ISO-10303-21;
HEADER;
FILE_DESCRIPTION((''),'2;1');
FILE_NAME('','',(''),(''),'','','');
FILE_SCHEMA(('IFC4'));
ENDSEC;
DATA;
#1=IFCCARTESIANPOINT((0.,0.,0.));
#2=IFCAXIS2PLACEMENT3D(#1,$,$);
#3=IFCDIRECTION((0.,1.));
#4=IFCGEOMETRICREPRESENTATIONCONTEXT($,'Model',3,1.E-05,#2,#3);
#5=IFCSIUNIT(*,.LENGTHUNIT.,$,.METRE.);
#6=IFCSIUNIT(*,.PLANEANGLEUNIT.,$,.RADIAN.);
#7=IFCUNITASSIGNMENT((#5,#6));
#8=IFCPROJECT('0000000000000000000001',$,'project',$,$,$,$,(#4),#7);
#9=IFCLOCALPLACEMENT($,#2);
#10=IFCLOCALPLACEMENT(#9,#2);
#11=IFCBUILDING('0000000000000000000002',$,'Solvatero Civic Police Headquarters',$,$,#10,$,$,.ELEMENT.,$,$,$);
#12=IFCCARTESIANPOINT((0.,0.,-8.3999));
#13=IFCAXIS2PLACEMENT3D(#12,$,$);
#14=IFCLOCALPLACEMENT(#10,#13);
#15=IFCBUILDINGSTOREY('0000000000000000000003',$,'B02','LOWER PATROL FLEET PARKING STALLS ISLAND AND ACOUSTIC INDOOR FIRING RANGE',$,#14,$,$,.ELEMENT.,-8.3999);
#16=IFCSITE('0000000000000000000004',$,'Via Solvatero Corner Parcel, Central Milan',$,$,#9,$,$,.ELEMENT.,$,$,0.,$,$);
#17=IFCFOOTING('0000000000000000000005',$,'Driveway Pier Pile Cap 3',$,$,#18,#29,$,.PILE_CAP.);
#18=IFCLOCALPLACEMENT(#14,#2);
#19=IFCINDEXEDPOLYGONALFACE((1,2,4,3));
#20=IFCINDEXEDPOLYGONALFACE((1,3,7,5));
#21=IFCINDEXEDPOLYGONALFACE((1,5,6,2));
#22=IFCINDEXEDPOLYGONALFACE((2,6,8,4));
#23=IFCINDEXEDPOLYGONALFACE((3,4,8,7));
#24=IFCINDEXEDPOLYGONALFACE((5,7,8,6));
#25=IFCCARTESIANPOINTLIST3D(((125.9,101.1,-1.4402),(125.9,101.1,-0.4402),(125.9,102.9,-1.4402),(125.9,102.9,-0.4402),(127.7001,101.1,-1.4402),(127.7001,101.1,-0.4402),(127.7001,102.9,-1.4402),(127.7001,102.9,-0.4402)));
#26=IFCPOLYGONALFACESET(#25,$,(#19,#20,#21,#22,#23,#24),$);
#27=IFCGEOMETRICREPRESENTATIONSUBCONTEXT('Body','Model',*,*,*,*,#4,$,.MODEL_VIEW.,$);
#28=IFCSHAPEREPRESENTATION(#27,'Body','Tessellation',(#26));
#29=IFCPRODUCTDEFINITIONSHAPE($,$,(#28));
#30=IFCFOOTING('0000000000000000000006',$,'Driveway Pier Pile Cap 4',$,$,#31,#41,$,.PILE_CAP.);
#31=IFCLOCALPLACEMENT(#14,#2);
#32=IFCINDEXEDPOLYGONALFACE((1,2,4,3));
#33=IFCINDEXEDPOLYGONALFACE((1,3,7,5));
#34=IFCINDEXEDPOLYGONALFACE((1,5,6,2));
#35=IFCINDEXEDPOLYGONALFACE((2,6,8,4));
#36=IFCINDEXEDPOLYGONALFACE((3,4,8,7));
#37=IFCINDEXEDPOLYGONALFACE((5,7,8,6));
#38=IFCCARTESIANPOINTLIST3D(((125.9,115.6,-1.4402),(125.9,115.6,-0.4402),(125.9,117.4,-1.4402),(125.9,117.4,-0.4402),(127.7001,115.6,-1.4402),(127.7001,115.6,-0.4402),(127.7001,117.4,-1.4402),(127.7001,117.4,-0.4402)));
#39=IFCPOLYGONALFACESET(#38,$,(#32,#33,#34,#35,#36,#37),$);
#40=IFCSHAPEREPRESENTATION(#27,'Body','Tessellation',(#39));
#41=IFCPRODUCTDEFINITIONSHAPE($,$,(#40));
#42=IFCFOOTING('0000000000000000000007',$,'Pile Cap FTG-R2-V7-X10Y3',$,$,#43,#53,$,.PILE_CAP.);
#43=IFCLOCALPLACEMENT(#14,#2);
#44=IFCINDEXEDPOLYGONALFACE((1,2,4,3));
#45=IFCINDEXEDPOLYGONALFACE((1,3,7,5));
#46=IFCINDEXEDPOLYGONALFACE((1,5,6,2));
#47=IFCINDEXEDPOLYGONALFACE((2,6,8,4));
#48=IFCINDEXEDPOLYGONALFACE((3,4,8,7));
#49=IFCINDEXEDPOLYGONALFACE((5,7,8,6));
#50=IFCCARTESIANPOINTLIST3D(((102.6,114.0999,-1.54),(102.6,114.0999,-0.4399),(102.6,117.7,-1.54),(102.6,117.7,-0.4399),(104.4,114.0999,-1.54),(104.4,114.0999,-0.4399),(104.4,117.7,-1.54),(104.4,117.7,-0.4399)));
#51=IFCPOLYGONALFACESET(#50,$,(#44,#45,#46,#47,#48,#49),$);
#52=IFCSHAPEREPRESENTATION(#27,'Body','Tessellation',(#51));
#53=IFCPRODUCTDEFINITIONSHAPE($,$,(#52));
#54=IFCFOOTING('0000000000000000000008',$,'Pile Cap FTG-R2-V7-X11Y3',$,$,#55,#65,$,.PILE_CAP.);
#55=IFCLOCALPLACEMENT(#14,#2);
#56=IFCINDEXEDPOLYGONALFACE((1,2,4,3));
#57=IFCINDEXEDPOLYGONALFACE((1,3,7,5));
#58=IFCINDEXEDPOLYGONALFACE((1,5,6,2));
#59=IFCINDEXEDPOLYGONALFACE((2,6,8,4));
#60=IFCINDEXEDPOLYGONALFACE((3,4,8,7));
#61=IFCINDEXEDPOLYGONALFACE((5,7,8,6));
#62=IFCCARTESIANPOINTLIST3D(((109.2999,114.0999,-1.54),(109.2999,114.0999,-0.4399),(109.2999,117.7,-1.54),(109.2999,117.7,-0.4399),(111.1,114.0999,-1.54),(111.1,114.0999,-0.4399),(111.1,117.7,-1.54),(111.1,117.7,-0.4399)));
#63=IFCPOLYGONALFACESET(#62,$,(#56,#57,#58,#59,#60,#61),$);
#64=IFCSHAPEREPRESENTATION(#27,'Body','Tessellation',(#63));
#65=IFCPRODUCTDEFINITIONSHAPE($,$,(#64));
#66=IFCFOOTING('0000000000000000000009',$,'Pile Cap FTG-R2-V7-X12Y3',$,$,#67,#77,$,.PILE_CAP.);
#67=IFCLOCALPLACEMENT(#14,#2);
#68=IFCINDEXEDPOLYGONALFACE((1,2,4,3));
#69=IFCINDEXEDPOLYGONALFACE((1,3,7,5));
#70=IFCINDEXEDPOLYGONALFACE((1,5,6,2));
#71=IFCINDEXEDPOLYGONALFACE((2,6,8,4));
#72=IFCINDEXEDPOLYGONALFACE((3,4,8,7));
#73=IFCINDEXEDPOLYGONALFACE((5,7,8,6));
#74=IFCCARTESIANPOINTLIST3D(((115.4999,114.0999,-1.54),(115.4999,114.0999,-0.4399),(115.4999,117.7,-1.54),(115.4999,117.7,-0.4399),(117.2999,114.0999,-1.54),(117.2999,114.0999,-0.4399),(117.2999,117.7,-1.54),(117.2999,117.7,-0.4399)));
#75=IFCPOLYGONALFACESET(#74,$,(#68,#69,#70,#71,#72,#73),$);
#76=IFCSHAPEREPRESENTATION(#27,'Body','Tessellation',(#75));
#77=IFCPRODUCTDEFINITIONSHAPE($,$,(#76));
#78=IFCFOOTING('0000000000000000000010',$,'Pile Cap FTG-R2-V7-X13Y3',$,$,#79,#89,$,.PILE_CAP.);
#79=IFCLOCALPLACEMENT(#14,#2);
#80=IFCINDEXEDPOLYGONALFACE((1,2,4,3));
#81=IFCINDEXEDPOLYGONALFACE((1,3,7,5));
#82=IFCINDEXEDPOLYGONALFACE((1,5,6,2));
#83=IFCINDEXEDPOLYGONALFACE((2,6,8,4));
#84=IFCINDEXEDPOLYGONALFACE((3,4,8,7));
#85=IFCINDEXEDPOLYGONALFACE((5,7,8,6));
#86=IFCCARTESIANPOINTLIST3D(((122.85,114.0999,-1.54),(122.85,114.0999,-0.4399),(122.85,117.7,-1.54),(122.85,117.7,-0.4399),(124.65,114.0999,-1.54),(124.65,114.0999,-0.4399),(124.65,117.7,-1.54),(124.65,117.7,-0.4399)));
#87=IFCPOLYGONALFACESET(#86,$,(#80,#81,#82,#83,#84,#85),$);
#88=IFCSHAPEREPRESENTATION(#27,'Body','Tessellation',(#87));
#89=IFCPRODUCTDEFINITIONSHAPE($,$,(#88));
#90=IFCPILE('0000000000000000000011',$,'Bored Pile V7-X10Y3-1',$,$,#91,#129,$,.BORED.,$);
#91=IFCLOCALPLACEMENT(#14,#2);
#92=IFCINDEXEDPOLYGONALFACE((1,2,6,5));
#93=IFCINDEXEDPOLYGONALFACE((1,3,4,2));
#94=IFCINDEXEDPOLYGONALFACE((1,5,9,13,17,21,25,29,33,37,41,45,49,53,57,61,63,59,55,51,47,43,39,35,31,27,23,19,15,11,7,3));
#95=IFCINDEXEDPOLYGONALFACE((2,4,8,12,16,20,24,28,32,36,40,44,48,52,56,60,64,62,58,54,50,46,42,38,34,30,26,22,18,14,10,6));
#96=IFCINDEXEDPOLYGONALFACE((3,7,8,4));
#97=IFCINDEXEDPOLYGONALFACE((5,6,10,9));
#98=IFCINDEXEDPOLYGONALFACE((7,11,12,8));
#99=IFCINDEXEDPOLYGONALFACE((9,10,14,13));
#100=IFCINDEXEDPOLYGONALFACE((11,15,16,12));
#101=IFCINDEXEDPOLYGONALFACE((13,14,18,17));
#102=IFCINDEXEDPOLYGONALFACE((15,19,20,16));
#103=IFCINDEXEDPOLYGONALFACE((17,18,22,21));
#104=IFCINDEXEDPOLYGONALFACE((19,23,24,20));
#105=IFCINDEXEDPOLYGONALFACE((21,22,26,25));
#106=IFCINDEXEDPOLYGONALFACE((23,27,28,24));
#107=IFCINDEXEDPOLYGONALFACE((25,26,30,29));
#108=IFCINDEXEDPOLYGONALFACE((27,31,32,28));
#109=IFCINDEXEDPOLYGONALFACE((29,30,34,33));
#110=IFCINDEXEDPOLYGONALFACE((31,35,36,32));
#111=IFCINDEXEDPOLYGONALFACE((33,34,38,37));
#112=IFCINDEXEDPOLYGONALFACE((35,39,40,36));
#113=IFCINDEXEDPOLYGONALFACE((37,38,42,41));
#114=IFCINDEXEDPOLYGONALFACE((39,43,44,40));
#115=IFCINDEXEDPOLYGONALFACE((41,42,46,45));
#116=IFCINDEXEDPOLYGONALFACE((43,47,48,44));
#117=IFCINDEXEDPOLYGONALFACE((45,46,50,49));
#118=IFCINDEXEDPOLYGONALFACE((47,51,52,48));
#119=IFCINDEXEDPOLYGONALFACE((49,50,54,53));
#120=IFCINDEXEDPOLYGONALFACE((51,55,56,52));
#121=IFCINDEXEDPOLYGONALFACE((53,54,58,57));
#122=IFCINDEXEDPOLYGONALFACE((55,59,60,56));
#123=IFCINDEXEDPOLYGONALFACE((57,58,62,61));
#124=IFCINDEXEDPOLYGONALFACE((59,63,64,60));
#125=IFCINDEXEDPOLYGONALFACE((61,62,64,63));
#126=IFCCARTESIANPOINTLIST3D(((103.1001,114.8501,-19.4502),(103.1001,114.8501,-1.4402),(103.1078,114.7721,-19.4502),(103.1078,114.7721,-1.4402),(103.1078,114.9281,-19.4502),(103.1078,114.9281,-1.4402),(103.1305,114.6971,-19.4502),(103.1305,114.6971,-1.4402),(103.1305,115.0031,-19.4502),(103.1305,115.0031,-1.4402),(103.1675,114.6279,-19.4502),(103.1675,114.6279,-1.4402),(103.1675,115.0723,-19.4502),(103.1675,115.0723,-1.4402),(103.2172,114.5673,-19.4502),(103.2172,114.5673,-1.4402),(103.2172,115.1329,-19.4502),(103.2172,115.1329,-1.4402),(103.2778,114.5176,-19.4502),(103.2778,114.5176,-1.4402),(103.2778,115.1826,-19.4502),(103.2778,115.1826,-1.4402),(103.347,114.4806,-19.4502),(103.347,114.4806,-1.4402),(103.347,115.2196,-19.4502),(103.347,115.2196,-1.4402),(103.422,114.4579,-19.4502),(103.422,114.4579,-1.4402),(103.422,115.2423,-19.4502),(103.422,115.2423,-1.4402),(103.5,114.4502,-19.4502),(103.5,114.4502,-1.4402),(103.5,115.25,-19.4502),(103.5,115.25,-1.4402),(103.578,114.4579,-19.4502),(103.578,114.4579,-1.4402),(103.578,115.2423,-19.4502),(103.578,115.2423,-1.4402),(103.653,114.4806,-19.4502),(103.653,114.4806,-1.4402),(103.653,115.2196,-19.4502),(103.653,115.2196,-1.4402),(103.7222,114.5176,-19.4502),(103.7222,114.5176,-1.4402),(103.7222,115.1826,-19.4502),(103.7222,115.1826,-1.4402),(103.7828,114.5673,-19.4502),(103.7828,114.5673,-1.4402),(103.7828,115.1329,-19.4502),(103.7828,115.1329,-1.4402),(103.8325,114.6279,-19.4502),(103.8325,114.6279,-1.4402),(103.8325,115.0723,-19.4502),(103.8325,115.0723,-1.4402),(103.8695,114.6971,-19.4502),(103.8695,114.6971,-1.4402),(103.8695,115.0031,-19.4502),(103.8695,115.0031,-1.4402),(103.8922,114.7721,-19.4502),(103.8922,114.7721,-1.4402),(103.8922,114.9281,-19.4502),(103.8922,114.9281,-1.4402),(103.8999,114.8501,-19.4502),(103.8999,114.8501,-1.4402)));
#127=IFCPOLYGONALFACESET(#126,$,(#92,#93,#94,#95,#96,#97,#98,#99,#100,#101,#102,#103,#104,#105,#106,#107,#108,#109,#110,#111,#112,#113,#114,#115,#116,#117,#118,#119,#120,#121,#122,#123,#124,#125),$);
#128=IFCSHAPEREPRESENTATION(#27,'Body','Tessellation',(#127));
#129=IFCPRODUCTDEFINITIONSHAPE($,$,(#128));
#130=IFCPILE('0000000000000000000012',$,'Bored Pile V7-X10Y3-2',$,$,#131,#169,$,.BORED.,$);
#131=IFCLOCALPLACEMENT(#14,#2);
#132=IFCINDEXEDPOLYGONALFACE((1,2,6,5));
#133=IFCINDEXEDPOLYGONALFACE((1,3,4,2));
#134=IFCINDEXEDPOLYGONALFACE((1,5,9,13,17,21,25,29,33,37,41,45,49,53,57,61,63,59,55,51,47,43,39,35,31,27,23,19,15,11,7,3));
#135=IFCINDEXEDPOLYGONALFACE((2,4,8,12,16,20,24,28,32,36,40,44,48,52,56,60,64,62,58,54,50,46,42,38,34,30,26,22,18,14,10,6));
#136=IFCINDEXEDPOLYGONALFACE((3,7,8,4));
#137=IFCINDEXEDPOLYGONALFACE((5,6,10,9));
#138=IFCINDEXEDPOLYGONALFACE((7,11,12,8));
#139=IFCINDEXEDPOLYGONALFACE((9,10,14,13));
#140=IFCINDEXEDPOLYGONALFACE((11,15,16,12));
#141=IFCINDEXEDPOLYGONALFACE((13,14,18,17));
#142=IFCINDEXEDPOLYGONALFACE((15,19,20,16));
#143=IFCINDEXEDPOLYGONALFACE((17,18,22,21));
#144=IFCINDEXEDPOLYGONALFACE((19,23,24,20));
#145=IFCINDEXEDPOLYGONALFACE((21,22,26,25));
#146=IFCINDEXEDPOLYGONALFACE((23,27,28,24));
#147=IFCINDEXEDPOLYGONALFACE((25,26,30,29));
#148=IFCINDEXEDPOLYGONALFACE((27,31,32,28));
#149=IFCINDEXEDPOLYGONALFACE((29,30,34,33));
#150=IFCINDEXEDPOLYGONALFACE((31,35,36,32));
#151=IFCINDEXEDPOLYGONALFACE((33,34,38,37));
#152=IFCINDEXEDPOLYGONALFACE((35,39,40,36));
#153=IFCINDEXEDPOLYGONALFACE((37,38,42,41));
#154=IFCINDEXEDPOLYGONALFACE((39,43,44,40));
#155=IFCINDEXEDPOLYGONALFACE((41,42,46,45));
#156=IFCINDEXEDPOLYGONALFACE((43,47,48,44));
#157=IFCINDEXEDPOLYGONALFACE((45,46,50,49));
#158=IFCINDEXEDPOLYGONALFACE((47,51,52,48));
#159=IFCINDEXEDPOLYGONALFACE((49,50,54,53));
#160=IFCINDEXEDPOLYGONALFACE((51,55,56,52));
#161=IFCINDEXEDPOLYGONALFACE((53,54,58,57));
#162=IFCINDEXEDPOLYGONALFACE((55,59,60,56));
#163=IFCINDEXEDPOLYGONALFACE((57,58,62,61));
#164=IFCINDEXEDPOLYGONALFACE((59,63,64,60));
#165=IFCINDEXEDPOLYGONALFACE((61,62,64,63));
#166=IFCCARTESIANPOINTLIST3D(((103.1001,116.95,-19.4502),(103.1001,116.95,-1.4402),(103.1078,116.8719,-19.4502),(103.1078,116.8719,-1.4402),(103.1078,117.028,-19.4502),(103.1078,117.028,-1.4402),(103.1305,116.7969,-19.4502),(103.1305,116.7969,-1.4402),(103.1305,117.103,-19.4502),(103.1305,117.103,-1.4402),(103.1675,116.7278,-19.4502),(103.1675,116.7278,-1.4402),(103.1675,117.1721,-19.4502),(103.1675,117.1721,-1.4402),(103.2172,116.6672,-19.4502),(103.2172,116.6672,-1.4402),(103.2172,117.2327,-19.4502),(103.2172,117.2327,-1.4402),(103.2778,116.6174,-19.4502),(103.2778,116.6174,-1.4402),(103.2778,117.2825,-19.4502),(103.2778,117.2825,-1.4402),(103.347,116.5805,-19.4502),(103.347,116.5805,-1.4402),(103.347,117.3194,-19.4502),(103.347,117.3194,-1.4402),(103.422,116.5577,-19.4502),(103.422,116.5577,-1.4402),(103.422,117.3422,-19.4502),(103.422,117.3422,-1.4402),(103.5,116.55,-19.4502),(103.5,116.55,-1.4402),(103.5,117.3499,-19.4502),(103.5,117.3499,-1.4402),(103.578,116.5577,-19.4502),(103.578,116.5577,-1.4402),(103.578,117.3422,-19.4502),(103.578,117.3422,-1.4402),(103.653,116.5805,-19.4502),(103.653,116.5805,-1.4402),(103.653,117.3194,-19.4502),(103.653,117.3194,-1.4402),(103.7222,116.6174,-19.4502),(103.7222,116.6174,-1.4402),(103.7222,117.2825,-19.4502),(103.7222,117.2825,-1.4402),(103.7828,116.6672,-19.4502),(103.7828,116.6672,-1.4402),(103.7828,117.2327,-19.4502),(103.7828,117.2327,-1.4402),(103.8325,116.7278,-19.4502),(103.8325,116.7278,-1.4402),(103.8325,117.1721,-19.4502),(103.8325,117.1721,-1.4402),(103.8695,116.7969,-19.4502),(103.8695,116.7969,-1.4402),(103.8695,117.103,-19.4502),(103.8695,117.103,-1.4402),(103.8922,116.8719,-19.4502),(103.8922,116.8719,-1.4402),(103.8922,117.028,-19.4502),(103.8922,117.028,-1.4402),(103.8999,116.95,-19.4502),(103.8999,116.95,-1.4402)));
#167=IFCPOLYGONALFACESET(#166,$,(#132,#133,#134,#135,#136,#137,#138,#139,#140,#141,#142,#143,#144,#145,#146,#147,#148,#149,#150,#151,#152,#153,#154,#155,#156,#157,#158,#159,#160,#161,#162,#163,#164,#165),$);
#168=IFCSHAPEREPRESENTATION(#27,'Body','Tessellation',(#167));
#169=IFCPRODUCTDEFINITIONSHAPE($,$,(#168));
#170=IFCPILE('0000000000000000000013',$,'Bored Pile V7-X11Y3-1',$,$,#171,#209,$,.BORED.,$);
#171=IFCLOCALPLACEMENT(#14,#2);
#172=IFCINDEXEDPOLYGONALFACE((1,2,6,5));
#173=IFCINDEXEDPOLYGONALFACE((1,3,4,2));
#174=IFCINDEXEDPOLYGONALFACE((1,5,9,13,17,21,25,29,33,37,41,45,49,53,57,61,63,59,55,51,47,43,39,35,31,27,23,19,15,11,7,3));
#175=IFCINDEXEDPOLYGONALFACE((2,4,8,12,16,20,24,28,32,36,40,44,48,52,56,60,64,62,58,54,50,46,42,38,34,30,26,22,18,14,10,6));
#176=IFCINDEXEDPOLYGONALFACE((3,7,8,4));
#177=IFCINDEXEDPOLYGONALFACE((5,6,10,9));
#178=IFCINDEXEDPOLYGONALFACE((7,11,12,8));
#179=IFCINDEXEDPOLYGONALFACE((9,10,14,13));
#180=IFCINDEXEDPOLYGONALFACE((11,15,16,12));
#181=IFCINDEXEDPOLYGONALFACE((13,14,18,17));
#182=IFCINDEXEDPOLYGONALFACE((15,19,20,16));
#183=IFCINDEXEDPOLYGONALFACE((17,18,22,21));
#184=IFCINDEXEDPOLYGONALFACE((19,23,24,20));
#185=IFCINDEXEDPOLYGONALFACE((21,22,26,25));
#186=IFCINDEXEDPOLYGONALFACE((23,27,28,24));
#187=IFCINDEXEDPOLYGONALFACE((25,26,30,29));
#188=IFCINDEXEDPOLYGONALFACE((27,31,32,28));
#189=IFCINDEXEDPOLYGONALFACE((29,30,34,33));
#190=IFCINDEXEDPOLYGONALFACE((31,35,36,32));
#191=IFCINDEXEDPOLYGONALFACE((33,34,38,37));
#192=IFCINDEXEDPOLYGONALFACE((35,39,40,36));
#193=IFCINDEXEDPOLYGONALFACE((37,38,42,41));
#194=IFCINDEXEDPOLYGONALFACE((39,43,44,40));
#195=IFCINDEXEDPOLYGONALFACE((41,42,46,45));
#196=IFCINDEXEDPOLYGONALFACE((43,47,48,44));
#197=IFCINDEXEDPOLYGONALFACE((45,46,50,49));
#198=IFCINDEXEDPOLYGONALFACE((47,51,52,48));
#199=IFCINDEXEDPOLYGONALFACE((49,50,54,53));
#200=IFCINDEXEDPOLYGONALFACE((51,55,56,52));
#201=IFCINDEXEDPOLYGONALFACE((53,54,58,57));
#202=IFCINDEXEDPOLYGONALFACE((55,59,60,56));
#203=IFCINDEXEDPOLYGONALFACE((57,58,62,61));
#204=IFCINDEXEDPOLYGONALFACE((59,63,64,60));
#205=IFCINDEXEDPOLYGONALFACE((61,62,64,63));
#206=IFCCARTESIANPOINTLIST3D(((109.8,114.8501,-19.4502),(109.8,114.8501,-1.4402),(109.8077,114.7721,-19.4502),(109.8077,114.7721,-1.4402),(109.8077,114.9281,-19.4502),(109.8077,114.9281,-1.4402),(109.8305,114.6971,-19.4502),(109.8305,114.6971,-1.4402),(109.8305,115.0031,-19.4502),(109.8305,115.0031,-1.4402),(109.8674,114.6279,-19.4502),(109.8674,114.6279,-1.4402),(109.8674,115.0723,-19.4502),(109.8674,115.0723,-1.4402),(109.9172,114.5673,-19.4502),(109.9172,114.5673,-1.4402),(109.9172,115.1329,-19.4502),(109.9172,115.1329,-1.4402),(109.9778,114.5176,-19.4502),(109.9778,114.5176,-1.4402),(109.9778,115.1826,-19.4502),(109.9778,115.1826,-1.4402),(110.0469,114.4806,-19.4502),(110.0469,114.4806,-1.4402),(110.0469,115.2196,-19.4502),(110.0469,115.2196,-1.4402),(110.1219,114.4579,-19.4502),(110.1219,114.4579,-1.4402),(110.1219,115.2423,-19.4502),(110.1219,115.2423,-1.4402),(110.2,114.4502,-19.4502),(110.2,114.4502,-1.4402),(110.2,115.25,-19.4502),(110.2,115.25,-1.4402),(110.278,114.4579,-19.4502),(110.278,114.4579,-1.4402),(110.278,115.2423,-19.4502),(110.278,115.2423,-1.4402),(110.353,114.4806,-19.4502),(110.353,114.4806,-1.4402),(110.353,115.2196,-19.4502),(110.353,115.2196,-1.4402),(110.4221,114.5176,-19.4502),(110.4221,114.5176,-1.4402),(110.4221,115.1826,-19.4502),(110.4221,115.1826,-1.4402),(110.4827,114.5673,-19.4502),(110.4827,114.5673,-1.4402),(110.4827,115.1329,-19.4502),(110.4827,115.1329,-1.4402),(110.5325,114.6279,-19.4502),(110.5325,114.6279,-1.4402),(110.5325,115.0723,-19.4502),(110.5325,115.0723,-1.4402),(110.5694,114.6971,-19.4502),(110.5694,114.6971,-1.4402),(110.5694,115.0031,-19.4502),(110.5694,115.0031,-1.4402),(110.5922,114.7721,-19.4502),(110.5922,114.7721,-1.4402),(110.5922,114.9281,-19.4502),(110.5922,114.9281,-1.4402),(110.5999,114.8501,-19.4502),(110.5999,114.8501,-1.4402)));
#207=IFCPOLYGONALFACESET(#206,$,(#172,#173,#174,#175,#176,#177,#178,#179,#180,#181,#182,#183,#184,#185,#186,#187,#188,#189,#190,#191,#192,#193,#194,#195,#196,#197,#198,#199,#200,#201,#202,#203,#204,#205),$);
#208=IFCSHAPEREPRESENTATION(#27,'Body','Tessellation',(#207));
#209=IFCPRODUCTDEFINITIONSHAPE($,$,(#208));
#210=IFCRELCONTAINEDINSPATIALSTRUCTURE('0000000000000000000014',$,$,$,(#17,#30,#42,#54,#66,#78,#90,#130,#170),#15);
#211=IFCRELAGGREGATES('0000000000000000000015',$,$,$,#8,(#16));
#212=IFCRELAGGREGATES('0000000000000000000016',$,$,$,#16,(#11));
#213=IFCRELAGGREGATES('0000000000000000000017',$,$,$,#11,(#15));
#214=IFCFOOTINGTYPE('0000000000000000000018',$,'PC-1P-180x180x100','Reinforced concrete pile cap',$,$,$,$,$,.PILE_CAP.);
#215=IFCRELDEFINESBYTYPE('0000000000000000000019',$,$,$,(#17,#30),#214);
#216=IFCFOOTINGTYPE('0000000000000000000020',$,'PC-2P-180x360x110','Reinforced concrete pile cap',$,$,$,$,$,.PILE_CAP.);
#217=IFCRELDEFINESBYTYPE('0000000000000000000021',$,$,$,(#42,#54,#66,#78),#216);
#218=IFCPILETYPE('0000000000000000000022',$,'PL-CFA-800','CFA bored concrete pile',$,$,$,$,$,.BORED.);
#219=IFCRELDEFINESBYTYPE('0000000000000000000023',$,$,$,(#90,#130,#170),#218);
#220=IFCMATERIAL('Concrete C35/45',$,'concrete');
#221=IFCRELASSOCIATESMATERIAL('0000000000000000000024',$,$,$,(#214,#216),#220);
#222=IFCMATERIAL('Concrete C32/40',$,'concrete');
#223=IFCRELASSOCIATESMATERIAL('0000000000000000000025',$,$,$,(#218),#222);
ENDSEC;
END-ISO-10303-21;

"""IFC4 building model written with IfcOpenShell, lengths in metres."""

from ifc_helpers import new_model, si_unit, direction, frame, origin, origin_2d, place, context, subcontext, project, spatial, rectangle, circle, extrude, material, material_profile, profile_set, type_object, element, save


model = new_model("IFC4")

# Units and contexts
model_context = context("Model", 3, precision=1e-05, world=origin(), true_north=direction((0.0, 1.0)))
body_context = subcontext(model_context, "Body", "Model", "MODEL_VIEW")
ifc_project = project(units=[si_unit("LENGTHUNIT", "METRE"), si_unit("PLANEANGLEUNIT", "RADIAN")], contexts=[model_context])

# Site, building, storey
site_placement = place(None, origin())
site = spatial("IfcSite", under=ifc_project, at=site_placement, Name="Via Solvatero Corner Parcel, Central Milan", CompositionType="ELEMENT", RefElevation=0.0)
building_placement = place(site_placement, origin())
building = spatial("IfcBuilding", under=site, at=building_placement, Name="Solvatero Civic Police Headquarters", CompositionType="ELEMENT")
storey_placement = place(building_placement, frame((0.0, 0.0, -8.3999)))
storey = spatial("IfcBuildingStorey", under=building, at=storey_placement, Name="B02", Description="LOWER PATROL FLEET PARKING STALLS ISLAND AND ACOUSTIC INDOOR FIRING RANGE", CompositionType="ELEMENT", Elevation=-8.3999)

# Footings
ifc_material_1 = material(Name="Concrete C35/45", Category="concrete")
footing_type_1 = type_object("IfcFootingType", Name="PC-1P-180x180x100", Description="Reinforced concrete pile cap", PredefinedType="PILE_CAP", material=ifc_material_1)
for number, where, z_axis, x_axis, name in (
    (1, (126.8, 102.0, -1.4402), (0.0, 0.0, 1.0), (1.0, 0.0, 0.0), "Driveway Pier Pile Cap 3"),
    (2, (126.8, 116.5, -1.4402), (0.0, 0.0, 1.0), (1.0, 0.0, 0.0), "Driveway Pier Pile Cap 4"),
):
    element("IfcFooting", number, at=place(storey_placement, frame(where, z_axis=z_axis, x_axis=x_axis)), inside=storey, type_object=footing_type_1, Name=name, PredefinedType="PILE_CAP", context=body_context, shape_type="SweptSolid", body=[
        extrude(rectangle(XDim=1.8, YDim=1.8, at=origin_2d()), origin(), (0.0, 0.0, 1.0), 1.0),
    ])
footing_type_2 = type_object("IfcFootingType", Name="PC-2P-180x360x110", Description="Reinforced concrete pile cap", PredefinedType="PILE_CAP", material=ifc_material_1)
for number, where, z_axis, x_axis, name in (
    (3, (103.5, 115.8999, -1.54), (0.0, 0.0, 1.0), (1.0, 0.0, 0.0), "Pile Cap FTG-R2-V7-X10Y3"),
    (4, (110.2, 115.8999, -1.54), (0.0, 0.0, 1.0), (1.0, 0.0, 0.0), "Pile Cap FTG-R2-V7-X11Y3"),
    (5, (116.3999, 115.8999, -1.54), (0.0, 0.0, 1.0), (1.0, 0.0, 0.0), "Pile Cap FTG-R2-V7-X12Y3"),
    (6, (123.75, 115.8999, -1.54), (0.0, 0.0, 1.0), (1.0, 0.0, 0.0), "Pile Cap FTG-R2-V7-X13Y3"),
):
    element("IfcFooting", number, at=place(storey_placement, frame(where, z_axis=z_axis, x_axis=x_axis)), inside=storey, type_object=footing_type_2, Name=name, PredefinedType="PILE_CAP", context=body_context, shape_type="SweptSolid", body=[
        extrude(rectangle(XDim=1.8, YDim=3.6001, at=origin_2d()), origin(), (0.0, 0.0, 1.0), 1.1001),
    ])

# Piles
ifc_material_2 = material(Name="Concrete C32/40", Category="concrete")
ifc_material_profile_1 = material_profile(ifc_material_2, circle(Radius=0.3999, at=origin_2d()), Name="CFA PILE D800")
ifc_profile_set_1 = profile_set([ifc_material_profile_1], Name="Concrete C32/40")
pile_type = type_object("IfcPileType", Name="PL-CFA-800", Description="CFA bored concrete pile", PredefinedType="BORED", material=ifc_profile_set_1)
for number, where, z_axis, x_axis, name in (
    (7, (103.5, 114.8501, -1.4402), (0.0, 0.0, -1.0), (1.0, 0.0, 0.0), "Bored Pile V7-X10Y3-1"),
    (8, (103.5, 116.95, -1.4402), (0.0, 0.0, -1.0), (1.0, 0.0, 0.0), "Bored Pile V7-X10Y3-2"),
    (9, (110.2, 114.8501, -1.4402), (0.0, 0.0, -1.0), (1.0, 0.0, 0.0), "Bored Pile V7-X11Y3-1"),
):
    element("IfcPile", number, at=place(storey_placement, frame(where, z_axis=z_axis, x_axis=x_axis)), inside=storey, type_object=pile_type, Name=name, PredefinedType="BORED", context=body_context, shape_type="SweptSolid", body=[
        extrude(circle(Radius=0.3999, at=origin_2d()), origin(), (0.0, 0.0, 1.0), 18.01),
    ])

save(model, "model.ifc")
